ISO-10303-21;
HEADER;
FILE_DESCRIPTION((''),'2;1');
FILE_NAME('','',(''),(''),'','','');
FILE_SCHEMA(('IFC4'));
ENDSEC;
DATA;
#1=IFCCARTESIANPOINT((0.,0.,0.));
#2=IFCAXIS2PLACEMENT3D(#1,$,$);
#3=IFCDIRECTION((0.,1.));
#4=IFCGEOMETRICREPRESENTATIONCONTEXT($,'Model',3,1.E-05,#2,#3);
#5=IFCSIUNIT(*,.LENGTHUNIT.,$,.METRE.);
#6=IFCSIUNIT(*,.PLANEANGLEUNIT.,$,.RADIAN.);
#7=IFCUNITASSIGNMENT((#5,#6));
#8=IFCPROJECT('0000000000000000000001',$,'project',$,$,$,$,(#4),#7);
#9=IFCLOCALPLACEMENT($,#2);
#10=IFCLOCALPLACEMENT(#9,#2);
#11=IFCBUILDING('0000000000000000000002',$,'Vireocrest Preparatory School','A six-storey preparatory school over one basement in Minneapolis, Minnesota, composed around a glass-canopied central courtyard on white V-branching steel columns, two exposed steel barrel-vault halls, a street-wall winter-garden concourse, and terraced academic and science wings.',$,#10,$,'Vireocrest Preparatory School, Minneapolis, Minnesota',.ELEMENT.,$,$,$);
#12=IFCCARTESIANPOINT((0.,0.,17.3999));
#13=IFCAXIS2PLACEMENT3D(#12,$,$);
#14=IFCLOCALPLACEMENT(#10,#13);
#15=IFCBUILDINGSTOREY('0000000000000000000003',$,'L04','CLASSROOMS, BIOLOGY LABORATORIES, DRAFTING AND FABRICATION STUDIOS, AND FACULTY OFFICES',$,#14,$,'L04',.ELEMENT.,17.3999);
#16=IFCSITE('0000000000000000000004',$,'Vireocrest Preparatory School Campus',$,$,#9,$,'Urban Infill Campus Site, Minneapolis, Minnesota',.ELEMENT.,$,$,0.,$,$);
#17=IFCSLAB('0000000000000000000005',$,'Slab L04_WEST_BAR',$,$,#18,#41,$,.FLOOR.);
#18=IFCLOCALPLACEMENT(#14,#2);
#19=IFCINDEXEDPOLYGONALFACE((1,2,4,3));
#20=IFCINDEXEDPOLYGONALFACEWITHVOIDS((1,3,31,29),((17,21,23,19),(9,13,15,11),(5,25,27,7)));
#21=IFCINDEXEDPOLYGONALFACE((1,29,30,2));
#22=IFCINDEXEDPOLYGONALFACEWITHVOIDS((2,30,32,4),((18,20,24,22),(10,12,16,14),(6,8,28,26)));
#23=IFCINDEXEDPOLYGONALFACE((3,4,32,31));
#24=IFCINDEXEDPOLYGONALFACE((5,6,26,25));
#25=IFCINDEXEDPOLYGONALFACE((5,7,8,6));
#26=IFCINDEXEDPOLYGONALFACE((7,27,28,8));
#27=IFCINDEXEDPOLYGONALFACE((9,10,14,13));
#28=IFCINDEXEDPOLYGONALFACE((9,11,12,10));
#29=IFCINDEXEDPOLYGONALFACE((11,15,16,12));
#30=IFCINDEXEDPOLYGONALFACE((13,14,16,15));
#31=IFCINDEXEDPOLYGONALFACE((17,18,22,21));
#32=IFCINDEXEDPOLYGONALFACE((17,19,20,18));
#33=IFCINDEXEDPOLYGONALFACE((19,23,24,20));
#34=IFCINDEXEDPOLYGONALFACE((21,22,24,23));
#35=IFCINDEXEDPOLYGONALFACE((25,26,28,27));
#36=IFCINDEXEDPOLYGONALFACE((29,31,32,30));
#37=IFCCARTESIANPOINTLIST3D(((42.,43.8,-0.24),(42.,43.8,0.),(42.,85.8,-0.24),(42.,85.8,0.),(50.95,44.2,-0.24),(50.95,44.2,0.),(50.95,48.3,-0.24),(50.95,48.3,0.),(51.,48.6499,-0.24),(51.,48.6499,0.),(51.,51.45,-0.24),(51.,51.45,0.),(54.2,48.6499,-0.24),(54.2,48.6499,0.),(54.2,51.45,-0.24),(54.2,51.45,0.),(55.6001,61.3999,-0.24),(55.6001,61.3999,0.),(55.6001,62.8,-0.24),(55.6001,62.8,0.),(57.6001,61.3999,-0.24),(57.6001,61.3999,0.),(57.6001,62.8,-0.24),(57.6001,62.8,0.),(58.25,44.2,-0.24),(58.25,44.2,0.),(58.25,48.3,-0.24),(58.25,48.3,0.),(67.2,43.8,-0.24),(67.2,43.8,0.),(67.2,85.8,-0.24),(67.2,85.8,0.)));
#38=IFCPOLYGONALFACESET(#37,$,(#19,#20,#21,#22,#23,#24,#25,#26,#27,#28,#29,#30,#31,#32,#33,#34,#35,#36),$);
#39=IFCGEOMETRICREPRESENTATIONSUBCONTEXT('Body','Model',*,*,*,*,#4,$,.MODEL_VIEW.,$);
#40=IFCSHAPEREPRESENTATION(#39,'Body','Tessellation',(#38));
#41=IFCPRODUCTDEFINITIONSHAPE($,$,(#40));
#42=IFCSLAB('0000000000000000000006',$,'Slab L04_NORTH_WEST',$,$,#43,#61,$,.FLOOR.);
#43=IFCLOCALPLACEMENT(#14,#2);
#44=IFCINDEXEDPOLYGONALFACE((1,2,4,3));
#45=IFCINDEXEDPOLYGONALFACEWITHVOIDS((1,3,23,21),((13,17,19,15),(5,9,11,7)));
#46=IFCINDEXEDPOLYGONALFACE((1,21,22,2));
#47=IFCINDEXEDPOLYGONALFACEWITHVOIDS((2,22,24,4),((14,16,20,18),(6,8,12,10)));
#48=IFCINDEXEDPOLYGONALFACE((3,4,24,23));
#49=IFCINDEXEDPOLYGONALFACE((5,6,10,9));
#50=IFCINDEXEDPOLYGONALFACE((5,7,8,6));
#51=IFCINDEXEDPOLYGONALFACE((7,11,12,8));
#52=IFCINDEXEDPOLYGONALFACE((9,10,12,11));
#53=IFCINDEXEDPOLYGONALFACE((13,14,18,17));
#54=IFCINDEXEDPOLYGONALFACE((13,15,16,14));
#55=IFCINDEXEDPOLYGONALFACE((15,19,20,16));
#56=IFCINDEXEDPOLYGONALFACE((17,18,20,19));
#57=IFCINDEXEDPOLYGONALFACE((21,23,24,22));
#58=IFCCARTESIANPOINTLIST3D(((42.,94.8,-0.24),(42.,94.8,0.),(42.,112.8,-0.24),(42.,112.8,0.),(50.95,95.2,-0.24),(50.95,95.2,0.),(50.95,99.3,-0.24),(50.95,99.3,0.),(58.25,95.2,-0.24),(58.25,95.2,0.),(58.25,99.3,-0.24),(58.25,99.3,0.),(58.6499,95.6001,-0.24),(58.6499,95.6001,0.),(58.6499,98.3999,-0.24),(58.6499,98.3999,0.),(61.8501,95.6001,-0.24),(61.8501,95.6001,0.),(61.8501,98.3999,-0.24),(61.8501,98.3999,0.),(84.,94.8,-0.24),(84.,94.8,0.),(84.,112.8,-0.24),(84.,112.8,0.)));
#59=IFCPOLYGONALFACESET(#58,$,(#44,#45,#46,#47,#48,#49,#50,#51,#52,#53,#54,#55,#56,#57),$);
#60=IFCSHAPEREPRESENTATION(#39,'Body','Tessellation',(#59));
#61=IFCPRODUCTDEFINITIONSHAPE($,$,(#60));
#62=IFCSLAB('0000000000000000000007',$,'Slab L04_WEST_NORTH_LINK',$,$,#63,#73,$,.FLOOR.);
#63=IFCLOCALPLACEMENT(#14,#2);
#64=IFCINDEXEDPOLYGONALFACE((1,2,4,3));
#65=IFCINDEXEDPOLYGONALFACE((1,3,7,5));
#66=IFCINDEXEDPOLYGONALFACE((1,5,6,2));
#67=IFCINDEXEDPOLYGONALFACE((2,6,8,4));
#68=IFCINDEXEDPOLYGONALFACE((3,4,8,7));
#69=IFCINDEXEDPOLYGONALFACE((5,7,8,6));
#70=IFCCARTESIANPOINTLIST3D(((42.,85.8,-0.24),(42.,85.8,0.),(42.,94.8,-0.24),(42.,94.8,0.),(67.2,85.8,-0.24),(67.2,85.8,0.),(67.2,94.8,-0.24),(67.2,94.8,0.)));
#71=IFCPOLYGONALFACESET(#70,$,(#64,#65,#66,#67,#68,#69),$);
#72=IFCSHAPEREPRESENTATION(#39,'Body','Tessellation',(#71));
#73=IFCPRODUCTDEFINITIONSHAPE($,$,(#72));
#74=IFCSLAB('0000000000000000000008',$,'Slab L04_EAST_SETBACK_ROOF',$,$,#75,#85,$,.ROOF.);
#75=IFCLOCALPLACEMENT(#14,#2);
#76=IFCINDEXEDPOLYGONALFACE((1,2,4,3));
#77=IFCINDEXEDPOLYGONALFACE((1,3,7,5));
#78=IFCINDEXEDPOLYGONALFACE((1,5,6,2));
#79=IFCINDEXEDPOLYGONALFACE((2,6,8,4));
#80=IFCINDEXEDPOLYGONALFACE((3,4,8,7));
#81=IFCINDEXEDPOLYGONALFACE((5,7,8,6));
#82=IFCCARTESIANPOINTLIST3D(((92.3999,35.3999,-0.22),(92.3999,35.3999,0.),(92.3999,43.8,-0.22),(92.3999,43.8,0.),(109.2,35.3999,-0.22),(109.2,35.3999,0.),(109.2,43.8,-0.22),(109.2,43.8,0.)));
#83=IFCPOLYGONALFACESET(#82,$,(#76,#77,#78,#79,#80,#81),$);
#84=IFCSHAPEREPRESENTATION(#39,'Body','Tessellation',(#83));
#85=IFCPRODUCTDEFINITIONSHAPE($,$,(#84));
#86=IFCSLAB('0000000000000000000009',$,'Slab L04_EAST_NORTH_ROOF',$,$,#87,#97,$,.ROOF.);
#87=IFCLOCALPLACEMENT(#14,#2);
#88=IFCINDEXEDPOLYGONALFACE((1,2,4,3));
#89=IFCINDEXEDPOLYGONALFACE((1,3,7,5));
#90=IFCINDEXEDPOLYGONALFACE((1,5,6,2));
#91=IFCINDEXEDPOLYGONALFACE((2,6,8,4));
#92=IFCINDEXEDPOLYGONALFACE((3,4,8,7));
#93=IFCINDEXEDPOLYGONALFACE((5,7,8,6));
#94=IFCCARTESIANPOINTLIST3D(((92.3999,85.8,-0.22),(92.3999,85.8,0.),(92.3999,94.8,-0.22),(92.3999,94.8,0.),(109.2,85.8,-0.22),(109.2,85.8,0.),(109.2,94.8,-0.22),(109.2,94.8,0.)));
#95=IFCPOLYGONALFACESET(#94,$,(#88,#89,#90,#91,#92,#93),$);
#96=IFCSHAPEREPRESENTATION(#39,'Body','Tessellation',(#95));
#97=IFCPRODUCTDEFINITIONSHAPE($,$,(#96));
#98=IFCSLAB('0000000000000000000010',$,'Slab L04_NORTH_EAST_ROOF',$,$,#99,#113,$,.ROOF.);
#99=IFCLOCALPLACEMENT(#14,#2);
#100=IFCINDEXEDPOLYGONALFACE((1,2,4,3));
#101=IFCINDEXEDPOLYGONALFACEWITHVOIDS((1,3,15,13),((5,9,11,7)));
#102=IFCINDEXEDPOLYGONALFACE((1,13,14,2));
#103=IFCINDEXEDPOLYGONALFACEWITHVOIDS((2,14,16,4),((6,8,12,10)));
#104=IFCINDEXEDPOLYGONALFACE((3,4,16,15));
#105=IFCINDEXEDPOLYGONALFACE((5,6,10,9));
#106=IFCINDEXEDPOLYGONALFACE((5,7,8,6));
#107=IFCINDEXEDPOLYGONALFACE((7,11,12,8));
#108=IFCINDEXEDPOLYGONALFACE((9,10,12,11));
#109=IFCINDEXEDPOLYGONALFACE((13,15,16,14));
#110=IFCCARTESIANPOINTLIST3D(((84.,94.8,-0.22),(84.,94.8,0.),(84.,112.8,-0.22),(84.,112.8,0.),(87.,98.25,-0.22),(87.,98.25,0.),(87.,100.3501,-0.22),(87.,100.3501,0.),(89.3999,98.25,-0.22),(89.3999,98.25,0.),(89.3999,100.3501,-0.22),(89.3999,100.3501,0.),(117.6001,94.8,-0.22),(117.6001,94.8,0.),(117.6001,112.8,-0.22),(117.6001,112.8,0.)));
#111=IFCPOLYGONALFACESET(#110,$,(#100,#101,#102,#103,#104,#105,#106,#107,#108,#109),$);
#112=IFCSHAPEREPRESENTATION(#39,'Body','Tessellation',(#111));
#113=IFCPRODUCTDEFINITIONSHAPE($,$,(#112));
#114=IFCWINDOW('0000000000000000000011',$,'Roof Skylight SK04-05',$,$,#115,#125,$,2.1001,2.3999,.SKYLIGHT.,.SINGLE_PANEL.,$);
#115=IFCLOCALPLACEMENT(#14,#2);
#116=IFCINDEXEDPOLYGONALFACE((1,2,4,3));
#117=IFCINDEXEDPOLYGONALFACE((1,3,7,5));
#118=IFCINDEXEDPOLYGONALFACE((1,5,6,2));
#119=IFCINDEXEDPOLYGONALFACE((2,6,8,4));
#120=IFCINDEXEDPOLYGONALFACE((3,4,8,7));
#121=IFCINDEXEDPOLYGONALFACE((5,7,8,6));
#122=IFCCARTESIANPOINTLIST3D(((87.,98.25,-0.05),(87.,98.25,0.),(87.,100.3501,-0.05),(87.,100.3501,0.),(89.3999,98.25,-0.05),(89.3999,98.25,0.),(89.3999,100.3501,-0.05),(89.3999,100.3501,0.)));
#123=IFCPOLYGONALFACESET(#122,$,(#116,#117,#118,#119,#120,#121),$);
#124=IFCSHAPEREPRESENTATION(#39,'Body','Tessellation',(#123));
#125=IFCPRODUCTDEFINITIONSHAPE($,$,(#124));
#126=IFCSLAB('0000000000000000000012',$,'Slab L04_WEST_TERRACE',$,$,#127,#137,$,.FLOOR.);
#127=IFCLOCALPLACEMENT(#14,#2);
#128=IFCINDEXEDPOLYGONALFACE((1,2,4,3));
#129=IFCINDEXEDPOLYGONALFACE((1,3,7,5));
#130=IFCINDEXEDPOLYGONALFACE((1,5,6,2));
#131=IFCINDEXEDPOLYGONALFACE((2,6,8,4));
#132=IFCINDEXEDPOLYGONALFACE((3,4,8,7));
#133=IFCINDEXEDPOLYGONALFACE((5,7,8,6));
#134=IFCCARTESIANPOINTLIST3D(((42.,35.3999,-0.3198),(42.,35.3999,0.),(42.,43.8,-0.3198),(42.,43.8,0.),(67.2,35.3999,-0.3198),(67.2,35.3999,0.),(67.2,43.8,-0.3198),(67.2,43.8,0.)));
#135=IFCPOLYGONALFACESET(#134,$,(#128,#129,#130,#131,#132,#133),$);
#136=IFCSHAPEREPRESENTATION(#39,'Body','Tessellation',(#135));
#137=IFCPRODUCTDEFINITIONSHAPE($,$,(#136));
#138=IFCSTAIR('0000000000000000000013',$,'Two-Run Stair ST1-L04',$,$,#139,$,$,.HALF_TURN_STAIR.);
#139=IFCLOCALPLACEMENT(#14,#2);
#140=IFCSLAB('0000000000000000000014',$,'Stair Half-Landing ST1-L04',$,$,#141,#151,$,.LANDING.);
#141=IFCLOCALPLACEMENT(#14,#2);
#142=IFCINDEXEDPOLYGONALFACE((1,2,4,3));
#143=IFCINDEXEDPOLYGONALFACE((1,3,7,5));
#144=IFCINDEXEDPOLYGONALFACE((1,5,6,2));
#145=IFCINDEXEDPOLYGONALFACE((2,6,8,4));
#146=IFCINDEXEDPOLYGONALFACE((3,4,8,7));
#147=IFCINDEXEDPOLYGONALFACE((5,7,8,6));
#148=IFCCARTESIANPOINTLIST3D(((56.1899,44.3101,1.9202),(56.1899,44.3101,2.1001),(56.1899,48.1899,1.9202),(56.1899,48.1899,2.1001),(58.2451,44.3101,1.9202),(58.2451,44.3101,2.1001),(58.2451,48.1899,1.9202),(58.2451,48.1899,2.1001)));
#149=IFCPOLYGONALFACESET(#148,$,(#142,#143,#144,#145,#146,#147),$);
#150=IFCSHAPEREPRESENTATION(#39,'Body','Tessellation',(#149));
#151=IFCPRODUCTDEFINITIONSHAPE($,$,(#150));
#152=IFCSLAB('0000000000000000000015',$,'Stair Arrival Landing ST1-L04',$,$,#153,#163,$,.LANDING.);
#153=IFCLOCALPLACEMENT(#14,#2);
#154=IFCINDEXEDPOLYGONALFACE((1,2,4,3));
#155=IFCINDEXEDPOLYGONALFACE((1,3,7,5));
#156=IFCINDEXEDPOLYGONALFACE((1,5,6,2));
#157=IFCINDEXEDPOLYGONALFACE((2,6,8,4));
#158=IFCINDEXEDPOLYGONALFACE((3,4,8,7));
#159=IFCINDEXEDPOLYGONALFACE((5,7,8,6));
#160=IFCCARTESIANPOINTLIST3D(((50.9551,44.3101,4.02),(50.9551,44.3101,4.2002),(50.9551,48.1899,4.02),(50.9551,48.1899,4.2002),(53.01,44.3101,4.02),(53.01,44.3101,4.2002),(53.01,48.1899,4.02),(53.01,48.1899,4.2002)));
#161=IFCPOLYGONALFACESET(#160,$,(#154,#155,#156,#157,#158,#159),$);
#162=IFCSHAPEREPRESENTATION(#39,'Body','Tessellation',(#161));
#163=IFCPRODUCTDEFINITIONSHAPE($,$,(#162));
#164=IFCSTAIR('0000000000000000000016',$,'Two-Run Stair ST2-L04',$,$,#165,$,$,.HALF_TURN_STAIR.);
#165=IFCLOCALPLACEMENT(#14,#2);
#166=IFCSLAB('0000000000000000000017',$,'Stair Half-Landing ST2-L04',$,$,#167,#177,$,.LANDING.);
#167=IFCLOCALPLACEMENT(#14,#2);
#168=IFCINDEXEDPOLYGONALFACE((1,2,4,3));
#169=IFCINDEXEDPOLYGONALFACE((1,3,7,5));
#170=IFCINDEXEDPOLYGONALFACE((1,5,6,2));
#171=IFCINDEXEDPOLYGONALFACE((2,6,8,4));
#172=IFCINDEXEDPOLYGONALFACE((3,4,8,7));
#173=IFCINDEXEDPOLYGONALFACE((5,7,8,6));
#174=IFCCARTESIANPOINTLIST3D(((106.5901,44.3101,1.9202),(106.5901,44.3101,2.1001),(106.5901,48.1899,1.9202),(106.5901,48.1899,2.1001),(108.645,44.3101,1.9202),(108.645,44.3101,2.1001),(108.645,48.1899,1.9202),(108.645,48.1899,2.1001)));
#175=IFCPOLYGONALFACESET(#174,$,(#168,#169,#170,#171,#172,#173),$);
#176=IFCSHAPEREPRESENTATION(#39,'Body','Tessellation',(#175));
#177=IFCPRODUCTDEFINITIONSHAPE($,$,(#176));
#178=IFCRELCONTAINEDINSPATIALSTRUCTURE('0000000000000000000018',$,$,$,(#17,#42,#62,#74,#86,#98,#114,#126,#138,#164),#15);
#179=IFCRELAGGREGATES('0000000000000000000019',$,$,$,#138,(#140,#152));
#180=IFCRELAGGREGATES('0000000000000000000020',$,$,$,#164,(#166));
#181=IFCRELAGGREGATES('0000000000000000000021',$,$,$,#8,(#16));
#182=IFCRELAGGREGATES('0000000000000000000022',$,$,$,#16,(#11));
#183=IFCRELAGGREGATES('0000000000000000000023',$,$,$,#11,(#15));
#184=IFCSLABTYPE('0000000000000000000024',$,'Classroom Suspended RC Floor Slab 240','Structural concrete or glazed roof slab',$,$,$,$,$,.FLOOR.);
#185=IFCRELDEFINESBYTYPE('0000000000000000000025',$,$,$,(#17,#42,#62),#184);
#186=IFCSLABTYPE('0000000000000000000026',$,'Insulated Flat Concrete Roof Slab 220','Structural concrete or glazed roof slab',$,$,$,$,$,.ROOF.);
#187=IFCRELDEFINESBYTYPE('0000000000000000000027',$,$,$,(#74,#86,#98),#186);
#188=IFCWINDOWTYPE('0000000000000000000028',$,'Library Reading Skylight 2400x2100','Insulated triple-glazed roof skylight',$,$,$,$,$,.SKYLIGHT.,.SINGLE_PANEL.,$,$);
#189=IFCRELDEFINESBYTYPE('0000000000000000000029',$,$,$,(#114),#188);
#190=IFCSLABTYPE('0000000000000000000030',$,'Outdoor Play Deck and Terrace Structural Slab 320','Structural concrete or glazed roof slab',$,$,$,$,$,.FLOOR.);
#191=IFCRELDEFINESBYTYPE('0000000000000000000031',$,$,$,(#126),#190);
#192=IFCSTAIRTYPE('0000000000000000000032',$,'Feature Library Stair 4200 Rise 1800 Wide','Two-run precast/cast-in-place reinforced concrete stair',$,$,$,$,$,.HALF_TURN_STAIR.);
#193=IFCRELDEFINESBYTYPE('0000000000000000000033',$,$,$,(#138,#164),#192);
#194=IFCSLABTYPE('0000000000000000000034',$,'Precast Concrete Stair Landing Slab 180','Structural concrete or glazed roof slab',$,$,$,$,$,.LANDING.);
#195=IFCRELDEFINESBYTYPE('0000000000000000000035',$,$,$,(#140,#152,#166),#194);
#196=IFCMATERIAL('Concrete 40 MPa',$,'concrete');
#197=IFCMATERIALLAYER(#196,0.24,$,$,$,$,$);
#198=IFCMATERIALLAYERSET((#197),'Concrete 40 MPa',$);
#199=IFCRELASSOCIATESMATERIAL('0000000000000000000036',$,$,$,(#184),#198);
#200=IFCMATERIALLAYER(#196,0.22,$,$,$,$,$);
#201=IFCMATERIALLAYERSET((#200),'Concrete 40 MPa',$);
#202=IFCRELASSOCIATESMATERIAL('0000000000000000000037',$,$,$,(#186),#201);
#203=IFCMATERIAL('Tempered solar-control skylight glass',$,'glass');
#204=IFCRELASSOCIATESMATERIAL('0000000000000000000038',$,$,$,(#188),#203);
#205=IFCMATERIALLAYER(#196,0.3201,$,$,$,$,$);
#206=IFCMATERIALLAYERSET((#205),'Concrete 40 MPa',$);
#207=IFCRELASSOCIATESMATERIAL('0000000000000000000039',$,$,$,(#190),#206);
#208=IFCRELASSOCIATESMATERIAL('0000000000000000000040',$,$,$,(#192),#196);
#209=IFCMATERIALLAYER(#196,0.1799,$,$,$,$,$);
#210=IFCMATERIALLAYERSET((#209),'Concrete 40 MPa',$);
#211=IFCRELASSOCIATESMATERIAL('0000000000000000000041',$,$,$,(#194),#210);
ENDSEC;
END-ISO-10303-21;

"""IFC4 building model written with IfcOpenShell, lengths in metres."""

from ifc_helpers import new_model, si_unit, direction, frame, origin, origin_2d, place, context, subcontext, project, spatial, polyline, rectangle, outline, extrude, material, layer, layer_set, type_object, element, fill, aggregate, save


model = new_model("IFC4")

# Units and contexts
model_context = context("Model", 3, precision=1e-05, world=origin(), true_north=direction((0.0, 1.0)))
body_context = subcontext(model_context, "Body", "Model", "MODEL_VIEW")
ifc_project = project(units=[si_unit("LENGTHUNIT", "METRE"), si_unit("PLANEANGLEUNIT", "RADIAN")], contexts=[model_context])

# Site, building, storey
site_placement = place(None, origin())
site = spatial("IfcSite", under=ifc_project, at=site_placement, Name="Vireocrest Preparatory School Campus", LongName="Urban Infill Campus Site, Minneapolis, Minnesota", CompositionType="ELEMENT", RefElevation=0.0)
building_placement = place(site_placement, origin())
building = spatial("IfcBuilding", under=site, at=building_placement, Name="Vireocrest Preparatory School", Description="A six-storey preparatory school over one basement in Minneapolis, Minnesota, composed around a glass-canopied central courtyard on white V-branching steel columns, two exposed steel barrel-vault halls, a street-wall winter-garden concourse, and terraced academic and science wings.", LongName="Vireocrest Preparatory School, Minneapolis, Minnesota", CompositionType="ELEMENT")
storey_placement = place(building_placement, frame((0.0, 0.0, 17.3999)))
storey = spatial("IfcBuildingStorey", under=building, at=storey_placement, Name="L04", Description="CLASSROOMS, BIOLOGY LABORATORIES, DRAFTING AND FABRICATION STUDIOS, AND FACULTY OFFICES", LongName="L04", CompositionType="ELEMENT", Elevation=17.3999)

# Slabs, openings
ifc_material_1 = material(Name="Concrete 40 MPa", Category="concrete")
ifc_layer_1 = layer(ifc_material_1, 0.24)
ifc_layer_set_1 = layer_set([ifc_layer_1], Name="Concrete 40 MPa")
slab_type_1 = type_object("IfcSlabType", Name="Classroom Suspended RC Floor Slab 240", Description="Structural concrete or glazed roof slab", PredefinedType="FLOOR", material=ifc_layer_set_1)
slab_1_placement = place(storey_placement, frame((0.0, 0.0, -0.24)))
slab_1 = element("IfcSlab", 1, at=slab_1_placement, inside=storey, type_object=slab_type_1, Name="Slab L04_WEST_BAR", PredefinedType="FLOOR", context=body_context, shape_type="SweptSolid", body=[
    extrude(outline(polyline([(42.0, 43.8), (67.2, 43.8), (67.2, 85.8), (42.0, 85.8), (42.0, 43.8)])), origin(), (0.0, 0.0, 1.0), 0.24),
])
opening_1_placement = place(slab_1_placement, frame((0.0, 0.0, -0.01)))
element("IfcOpeningElement", 2, at=opening_1_placement, cuts=slab_1, PredefinedType="OPENING", context=body_context, shape_type="SweptSolid", body=[
    extrude(outline(polyline([(50.95, 44.2), (58.25, 44.2), (58.25, 48.3), (50.95, 48.3), (50.95, 44.2)])), origin(), (0.0, 0.0, 1.0), 0.26),
])
opening_2_placement = place(slab_1_placement, frame((0.0, 0.0, -0.01)))
element("IfcOpeningElement", 3, at=opening_2_placement, cuts=slab_1, PredefinedType="OPENING", context=body_context, shape_type="SweptSolid", body=[
    extrude(outline(polyline([(51.0, 48.6499), (54.2, 48.6499), (54.2, 51.45), (51.0, 51.45), (51.0, 48.6499)])), origin(), (0.0, 0.0, 1.0), 0.26),
])
opening_3_placement = place(slab_1_placement, frame((0.0, 0.0, -0.01)))
element("IfcOpeningElement", 4, at=opening_3_placement, cuts=slab_1, PredefinedType="OPENING", context=body_context, shape_type="SweptSolid", body=[
    extrude(outline(polyline([(55.6001, 61.3999), (57.6001, 61.3999), (57.6001, 62.8), (55.6001, 62.8), (55.6001, 61.3999)])), origin(), (0.0, 0.0, 1.0), 0.26),
])
slab_2_placement = place(storey_placement, frame((0.0, 0.0, -0.24)))
slab_2 = element("IfcSlab", 5, at=slab_2_placement, inside=storey, type_object=slab_type_1, Name="Slab L04_NORTH_WEST", PredefinedType="FLOOR", context=body_context, shape_type="SweptSolid", body=[
    extrude(outline(polyline([(42.0, 94.8), (84.0, 94.8), (84.0, 112.8), (42.0, 112.8), (42.0, 94.8)])), origin(), (0.0, 0.0, 1.0), 0.24),
])
opening_4_placement = place(slab_2_placement, frame((0.0, 0.0, -0.01)))
element("IfcOpeningElement", 6, at=opening_4_placement, cuts=slab_2, PredefinedType="OPENING", context=body_context, shape_type="SweptSolid", body=[
    extrude(outline(polyline([(50.95, 95.2), (58.25, 95.2), (58.25, 99.3), (50.95, 99.3), (50.95, 95.2)])), origin(), (0.0, 0.0, 1.0), 0.26),
])
opening_5_placement = place(slab_2_placement, frame((0.0, 0.0, -0.01)))
element("IfcOpeningElement", 7, at=opening_5_placement, cuts=slab_2, PredefinedType="OPENING", context=body_context, shape_type="SweptSolid", body=[
    extrude(outline(polyline([(58.6499, 95.6001), (61.8501, 95.6001), (61.8501, 98.3999), (58.6499, 98.3999), (58.6499, 95.6001)])), origin(), (0.0, 0.0, 1.0), 0.26),
])

# Slabs
slab_3_placement = place(storey_placement, frame((0.0, 0.0, -0.24)))
element("IfcSlab", 8, at=slab_3_placement, inside=storey, type_object=slab_type_1, Name="Slab L04_WEST_NORTH_LINK", PredefinedType="FLOOR", context=body_context, shape_type="SweptSolid", body=[
    extrude(outline(polyline([(42.0, 85.8), (67.2, 85.8), (67.2, 94.8), (42.0, 94.8), (42.0, 85.8)])), origin(), (0.0, 0.0, 1.0), 0.24),
])
ifc_layer_2 = layer(ifc_material_1, 0.22)
ifc_layer_set_2 = layer_set([ifc_layer_2], Name="Concrete 40 MPa")
slab_type_2 = type_object("IfcSlabType", Name="Insulated Flat Concrete Roof Slab 220", Description="Structural concrete or glazed roof slab", PredefinedType="ROOF", material=ifc_layer_set_2)
slab_4_placement = place(storey_placement, frame((0.0, 0.0, -0.22)))
element("IfcSlab", 9, at=slab_4_placement, inside=storey, type_object=slab_type_2, Name="Slab L04_EAST_SETBACK_ROOF", PredefinedType="ROOF", context=body_context, shape_type="SweptSolid", body=[
    extrude(outline(polyline([(92.3999, 35.3999), (109.2, 35.3999), (109.2, 43.8), (92.3999, 43.8), (92.3999, 35.3999)])), origin(), (0.0, 0.0, 1.0), 0.22),
])
slab_5_placement = place(storey_placement, frame((0.0, 0.0, -0.22)))
element("IfcSlab", 10, at=slab_5_placement, inside=storey, type_object=slab_type_2, Name="Slab L04_EAST_NORTH_ROOF", PredefinedType="ROOF", context=body_context, shape_type="SweptSolid", body=[
    extrude(outline(polyline([(92.3999, 85.8), (109.2, 85.8), (109.2, 94.8), (92.3999, 94.8), (92.3999, 85.8)])), origin(), (0.0, 0.0, 1.0), 0.22),
])

# Slab, opening, window
slab_6_placement = place(storey_placement, frame((0.0, 0.0, -0.22)))
slab_6 = element("IfcSlab", 11, at=slab_6_placement, inside=storey, type_object=slab_type_2, Name="Slab L04_NORTH_EAST_ROOF", PredefinedType="ROOF", context=body_context, shape_type="SweptSolid", body=[
    extrude(outline(polyline([(84.0, 94.8), (117.6001, 94.8), (117.6001, 112.8), (84.0, 112.8), (84.0, 94.8)])), origin(), (0.0, 0.0, 1.0), 0.22),
])
opening_6_placement = place(slab_6_placement, frame((88.2, 99.3, -0.01)))
opening_6 = element("IfcOpeningElement", 12, at=opening_6_placement, cuts=slab_6, PredefinedType="OPENING", context=body_context, shape_type="SweptSolid", body=[
    extrude(rectangle(XDim=2.3999, YDim=2.1001, at=origin_2d()), origin(), (0.0, 0.0, 1.0), 0.24),
])
ifc_material_2 = material(Name="Tempered solar-control skylight glass", Category="glass")
window_type = type_object("IfcWindowType", Name="Library Reading Skylight 2400x2100", Description="Insulated triple-glazed roof skylight", PartitioningType="SINGLE_PANEL", PredefinedType="SKYLIGHT", material=ifc_material_2)
window_placement = place(opening_6_placement, frame((0.0, 0.0, 0.1799)))
window = element("IfcWindow", 13, at=window_placement, inside=storey, type_object=window_type, Name="Roof Skylight SK04-05", OverallHeight=2.1001, OverallWidth=2.3999, PartitioningType="SINGLE_PANEL", PredefinedType="SKYLIGHT", context=body_context, shape_type="SweptSolid", body=[
    extrude(rectangle(XDim=2.3999, YDim=2.1001, at=origin_2d()), origin(), (0.0, 0.0, 1.0), 0.05),
])
fill(opening_6, window)

# Slab
ifc_layer_3 = layer(ifc_material_1, 0.3201)
ifc_layer_set_3 = layer_set([ifc_layer_3], Name="Concrete 40 MPa")
slab_type_3 = type_object("IfcSlabType", Name="Outdoor Play Deck and Terrace Structural Slab 320", Description="Structural concrete or glazed roof slab", PredefinedType="FLOOR", material=ifc_layer_set_3)
slab_7_placement = place(storey_placement, frame((0.0, 0.0, -0.3198)))
element("IfcSlab", 14, at=slab_7_placement, inside=storey, type_object=slab_type_3, Name="Slab L04_WEST_TERRACE", PredefinedType="FLOOR", context=body_context, shape_type="SweptSolid", body=[
    extrude(outline(polyline([(42.0, 35.3999), (67.2, 35.3999), (67.2, 43.8), (42.0, 43.8), (42.0, 35.3999)])), origin(), (0.0, 0.0, 1.0), 0.3198),
])

# Stairs, slabs
stair_type_1 = type_object("IfcStairType", Name="Feature Library Stair 4200 Rise 1800 Wide", Description="Two-run precast/cast-in-place reinforced concrete stair", PredefinedType="HALF_TURN_STAIR", material=ifc_material_1)
stair_1_placement = place(storey_placement, origin())
stair_1 = element("IfcStair", 15, at=stair_1_placement, inside=storey, type_object=stair_type_1, Name="Two-Run Stair ST1-L04", PredefinedType="HALF_TURN_STAIR")
ifc_layer_4 = layer(ifc_material_1, 0.1799)
ifc_layer_set_4 = layer_set([ifc_layer_4], Name="Concrete 40 MPa")
slab_type_4 = type_object("IfcSlabType", Name="Precast Concrete Stair Landing Slab 180", Description="Structural concrete or glazed roof slab", PredefinedType="LANDING", material=ifc_layer_set_4)
slab_8_placement = place(storey_placement, frame((0.0, 0.0, 1.9202)))
slab_8 = element("IfcSlab", 16, at=slab_8_placement, type_object=slab_type_4, Name="Stair Half-Landing ST1-L04", PredefinedType="LANDING", context=body_context, shape_type="SweptSolid", body=[
    extrude(outline(polyline([(56.1899, 44.3101), (58.2451, 44.3101), (58.2451, 48.1899), (56.1899, 48.1899), (56.1899, 44.3101)])), origin(), (0.0, 0.0, 1.0), 0.1799),
])
slab_9_placement = place(storey_placement, frame((0.0, 0.0, 4.02)))
slab_9 = element("IfcSlab", 17, at=slab_9_placement, type_object=slab_type_4, Name="Stair Arrival Landing ST1-L04", PredefinedType="LANDING", context=body_context, shape_type="SweptSolid", body=[
    extrude(outline(polyline([(50.9551, 44.3101), (53.01, 44.3101), (53.01, 48.1899), (50.9551, 48.1899), (50.9551, 44.3101)])), origin(), (0.0, 0.0, 1.0), 0.1802),
])
aggregate(stair_1, [slab_8, slab_9])
stair_2_placement = place(storey_placement, origin())
stair_2 = element("IfcStair", 18, at=stair_2_placement, inside=storey, type_object=stair_type_1, Name="Two-Run Stair ST2-L04", PredefinedType="HALF_TURN_STAIR")
slab_10_placement = place(storey_placement, frame((0.0, 0.0, 1.9202)))
slab_10 = element("IfcSlab", 19, at=slab_10_placement, type_object=slab_type_4, Name="Stair Half-Landing ST2-L04", PredefinedType="LANDING", context=body_context, shape_type="SweptSolid", body=[
    extrude(outline(polyline([(106.5901, 44.3101), (108.645, 44.3101), (108.645, 48.1899), (106.5901, 48.1899), (106.5901, 44.3101)])), origin(), (0.0, 0.0, 1.0), 0.1799),
])
aggregate(stair_2, [slab_10])

save(model, "model.ifc")
